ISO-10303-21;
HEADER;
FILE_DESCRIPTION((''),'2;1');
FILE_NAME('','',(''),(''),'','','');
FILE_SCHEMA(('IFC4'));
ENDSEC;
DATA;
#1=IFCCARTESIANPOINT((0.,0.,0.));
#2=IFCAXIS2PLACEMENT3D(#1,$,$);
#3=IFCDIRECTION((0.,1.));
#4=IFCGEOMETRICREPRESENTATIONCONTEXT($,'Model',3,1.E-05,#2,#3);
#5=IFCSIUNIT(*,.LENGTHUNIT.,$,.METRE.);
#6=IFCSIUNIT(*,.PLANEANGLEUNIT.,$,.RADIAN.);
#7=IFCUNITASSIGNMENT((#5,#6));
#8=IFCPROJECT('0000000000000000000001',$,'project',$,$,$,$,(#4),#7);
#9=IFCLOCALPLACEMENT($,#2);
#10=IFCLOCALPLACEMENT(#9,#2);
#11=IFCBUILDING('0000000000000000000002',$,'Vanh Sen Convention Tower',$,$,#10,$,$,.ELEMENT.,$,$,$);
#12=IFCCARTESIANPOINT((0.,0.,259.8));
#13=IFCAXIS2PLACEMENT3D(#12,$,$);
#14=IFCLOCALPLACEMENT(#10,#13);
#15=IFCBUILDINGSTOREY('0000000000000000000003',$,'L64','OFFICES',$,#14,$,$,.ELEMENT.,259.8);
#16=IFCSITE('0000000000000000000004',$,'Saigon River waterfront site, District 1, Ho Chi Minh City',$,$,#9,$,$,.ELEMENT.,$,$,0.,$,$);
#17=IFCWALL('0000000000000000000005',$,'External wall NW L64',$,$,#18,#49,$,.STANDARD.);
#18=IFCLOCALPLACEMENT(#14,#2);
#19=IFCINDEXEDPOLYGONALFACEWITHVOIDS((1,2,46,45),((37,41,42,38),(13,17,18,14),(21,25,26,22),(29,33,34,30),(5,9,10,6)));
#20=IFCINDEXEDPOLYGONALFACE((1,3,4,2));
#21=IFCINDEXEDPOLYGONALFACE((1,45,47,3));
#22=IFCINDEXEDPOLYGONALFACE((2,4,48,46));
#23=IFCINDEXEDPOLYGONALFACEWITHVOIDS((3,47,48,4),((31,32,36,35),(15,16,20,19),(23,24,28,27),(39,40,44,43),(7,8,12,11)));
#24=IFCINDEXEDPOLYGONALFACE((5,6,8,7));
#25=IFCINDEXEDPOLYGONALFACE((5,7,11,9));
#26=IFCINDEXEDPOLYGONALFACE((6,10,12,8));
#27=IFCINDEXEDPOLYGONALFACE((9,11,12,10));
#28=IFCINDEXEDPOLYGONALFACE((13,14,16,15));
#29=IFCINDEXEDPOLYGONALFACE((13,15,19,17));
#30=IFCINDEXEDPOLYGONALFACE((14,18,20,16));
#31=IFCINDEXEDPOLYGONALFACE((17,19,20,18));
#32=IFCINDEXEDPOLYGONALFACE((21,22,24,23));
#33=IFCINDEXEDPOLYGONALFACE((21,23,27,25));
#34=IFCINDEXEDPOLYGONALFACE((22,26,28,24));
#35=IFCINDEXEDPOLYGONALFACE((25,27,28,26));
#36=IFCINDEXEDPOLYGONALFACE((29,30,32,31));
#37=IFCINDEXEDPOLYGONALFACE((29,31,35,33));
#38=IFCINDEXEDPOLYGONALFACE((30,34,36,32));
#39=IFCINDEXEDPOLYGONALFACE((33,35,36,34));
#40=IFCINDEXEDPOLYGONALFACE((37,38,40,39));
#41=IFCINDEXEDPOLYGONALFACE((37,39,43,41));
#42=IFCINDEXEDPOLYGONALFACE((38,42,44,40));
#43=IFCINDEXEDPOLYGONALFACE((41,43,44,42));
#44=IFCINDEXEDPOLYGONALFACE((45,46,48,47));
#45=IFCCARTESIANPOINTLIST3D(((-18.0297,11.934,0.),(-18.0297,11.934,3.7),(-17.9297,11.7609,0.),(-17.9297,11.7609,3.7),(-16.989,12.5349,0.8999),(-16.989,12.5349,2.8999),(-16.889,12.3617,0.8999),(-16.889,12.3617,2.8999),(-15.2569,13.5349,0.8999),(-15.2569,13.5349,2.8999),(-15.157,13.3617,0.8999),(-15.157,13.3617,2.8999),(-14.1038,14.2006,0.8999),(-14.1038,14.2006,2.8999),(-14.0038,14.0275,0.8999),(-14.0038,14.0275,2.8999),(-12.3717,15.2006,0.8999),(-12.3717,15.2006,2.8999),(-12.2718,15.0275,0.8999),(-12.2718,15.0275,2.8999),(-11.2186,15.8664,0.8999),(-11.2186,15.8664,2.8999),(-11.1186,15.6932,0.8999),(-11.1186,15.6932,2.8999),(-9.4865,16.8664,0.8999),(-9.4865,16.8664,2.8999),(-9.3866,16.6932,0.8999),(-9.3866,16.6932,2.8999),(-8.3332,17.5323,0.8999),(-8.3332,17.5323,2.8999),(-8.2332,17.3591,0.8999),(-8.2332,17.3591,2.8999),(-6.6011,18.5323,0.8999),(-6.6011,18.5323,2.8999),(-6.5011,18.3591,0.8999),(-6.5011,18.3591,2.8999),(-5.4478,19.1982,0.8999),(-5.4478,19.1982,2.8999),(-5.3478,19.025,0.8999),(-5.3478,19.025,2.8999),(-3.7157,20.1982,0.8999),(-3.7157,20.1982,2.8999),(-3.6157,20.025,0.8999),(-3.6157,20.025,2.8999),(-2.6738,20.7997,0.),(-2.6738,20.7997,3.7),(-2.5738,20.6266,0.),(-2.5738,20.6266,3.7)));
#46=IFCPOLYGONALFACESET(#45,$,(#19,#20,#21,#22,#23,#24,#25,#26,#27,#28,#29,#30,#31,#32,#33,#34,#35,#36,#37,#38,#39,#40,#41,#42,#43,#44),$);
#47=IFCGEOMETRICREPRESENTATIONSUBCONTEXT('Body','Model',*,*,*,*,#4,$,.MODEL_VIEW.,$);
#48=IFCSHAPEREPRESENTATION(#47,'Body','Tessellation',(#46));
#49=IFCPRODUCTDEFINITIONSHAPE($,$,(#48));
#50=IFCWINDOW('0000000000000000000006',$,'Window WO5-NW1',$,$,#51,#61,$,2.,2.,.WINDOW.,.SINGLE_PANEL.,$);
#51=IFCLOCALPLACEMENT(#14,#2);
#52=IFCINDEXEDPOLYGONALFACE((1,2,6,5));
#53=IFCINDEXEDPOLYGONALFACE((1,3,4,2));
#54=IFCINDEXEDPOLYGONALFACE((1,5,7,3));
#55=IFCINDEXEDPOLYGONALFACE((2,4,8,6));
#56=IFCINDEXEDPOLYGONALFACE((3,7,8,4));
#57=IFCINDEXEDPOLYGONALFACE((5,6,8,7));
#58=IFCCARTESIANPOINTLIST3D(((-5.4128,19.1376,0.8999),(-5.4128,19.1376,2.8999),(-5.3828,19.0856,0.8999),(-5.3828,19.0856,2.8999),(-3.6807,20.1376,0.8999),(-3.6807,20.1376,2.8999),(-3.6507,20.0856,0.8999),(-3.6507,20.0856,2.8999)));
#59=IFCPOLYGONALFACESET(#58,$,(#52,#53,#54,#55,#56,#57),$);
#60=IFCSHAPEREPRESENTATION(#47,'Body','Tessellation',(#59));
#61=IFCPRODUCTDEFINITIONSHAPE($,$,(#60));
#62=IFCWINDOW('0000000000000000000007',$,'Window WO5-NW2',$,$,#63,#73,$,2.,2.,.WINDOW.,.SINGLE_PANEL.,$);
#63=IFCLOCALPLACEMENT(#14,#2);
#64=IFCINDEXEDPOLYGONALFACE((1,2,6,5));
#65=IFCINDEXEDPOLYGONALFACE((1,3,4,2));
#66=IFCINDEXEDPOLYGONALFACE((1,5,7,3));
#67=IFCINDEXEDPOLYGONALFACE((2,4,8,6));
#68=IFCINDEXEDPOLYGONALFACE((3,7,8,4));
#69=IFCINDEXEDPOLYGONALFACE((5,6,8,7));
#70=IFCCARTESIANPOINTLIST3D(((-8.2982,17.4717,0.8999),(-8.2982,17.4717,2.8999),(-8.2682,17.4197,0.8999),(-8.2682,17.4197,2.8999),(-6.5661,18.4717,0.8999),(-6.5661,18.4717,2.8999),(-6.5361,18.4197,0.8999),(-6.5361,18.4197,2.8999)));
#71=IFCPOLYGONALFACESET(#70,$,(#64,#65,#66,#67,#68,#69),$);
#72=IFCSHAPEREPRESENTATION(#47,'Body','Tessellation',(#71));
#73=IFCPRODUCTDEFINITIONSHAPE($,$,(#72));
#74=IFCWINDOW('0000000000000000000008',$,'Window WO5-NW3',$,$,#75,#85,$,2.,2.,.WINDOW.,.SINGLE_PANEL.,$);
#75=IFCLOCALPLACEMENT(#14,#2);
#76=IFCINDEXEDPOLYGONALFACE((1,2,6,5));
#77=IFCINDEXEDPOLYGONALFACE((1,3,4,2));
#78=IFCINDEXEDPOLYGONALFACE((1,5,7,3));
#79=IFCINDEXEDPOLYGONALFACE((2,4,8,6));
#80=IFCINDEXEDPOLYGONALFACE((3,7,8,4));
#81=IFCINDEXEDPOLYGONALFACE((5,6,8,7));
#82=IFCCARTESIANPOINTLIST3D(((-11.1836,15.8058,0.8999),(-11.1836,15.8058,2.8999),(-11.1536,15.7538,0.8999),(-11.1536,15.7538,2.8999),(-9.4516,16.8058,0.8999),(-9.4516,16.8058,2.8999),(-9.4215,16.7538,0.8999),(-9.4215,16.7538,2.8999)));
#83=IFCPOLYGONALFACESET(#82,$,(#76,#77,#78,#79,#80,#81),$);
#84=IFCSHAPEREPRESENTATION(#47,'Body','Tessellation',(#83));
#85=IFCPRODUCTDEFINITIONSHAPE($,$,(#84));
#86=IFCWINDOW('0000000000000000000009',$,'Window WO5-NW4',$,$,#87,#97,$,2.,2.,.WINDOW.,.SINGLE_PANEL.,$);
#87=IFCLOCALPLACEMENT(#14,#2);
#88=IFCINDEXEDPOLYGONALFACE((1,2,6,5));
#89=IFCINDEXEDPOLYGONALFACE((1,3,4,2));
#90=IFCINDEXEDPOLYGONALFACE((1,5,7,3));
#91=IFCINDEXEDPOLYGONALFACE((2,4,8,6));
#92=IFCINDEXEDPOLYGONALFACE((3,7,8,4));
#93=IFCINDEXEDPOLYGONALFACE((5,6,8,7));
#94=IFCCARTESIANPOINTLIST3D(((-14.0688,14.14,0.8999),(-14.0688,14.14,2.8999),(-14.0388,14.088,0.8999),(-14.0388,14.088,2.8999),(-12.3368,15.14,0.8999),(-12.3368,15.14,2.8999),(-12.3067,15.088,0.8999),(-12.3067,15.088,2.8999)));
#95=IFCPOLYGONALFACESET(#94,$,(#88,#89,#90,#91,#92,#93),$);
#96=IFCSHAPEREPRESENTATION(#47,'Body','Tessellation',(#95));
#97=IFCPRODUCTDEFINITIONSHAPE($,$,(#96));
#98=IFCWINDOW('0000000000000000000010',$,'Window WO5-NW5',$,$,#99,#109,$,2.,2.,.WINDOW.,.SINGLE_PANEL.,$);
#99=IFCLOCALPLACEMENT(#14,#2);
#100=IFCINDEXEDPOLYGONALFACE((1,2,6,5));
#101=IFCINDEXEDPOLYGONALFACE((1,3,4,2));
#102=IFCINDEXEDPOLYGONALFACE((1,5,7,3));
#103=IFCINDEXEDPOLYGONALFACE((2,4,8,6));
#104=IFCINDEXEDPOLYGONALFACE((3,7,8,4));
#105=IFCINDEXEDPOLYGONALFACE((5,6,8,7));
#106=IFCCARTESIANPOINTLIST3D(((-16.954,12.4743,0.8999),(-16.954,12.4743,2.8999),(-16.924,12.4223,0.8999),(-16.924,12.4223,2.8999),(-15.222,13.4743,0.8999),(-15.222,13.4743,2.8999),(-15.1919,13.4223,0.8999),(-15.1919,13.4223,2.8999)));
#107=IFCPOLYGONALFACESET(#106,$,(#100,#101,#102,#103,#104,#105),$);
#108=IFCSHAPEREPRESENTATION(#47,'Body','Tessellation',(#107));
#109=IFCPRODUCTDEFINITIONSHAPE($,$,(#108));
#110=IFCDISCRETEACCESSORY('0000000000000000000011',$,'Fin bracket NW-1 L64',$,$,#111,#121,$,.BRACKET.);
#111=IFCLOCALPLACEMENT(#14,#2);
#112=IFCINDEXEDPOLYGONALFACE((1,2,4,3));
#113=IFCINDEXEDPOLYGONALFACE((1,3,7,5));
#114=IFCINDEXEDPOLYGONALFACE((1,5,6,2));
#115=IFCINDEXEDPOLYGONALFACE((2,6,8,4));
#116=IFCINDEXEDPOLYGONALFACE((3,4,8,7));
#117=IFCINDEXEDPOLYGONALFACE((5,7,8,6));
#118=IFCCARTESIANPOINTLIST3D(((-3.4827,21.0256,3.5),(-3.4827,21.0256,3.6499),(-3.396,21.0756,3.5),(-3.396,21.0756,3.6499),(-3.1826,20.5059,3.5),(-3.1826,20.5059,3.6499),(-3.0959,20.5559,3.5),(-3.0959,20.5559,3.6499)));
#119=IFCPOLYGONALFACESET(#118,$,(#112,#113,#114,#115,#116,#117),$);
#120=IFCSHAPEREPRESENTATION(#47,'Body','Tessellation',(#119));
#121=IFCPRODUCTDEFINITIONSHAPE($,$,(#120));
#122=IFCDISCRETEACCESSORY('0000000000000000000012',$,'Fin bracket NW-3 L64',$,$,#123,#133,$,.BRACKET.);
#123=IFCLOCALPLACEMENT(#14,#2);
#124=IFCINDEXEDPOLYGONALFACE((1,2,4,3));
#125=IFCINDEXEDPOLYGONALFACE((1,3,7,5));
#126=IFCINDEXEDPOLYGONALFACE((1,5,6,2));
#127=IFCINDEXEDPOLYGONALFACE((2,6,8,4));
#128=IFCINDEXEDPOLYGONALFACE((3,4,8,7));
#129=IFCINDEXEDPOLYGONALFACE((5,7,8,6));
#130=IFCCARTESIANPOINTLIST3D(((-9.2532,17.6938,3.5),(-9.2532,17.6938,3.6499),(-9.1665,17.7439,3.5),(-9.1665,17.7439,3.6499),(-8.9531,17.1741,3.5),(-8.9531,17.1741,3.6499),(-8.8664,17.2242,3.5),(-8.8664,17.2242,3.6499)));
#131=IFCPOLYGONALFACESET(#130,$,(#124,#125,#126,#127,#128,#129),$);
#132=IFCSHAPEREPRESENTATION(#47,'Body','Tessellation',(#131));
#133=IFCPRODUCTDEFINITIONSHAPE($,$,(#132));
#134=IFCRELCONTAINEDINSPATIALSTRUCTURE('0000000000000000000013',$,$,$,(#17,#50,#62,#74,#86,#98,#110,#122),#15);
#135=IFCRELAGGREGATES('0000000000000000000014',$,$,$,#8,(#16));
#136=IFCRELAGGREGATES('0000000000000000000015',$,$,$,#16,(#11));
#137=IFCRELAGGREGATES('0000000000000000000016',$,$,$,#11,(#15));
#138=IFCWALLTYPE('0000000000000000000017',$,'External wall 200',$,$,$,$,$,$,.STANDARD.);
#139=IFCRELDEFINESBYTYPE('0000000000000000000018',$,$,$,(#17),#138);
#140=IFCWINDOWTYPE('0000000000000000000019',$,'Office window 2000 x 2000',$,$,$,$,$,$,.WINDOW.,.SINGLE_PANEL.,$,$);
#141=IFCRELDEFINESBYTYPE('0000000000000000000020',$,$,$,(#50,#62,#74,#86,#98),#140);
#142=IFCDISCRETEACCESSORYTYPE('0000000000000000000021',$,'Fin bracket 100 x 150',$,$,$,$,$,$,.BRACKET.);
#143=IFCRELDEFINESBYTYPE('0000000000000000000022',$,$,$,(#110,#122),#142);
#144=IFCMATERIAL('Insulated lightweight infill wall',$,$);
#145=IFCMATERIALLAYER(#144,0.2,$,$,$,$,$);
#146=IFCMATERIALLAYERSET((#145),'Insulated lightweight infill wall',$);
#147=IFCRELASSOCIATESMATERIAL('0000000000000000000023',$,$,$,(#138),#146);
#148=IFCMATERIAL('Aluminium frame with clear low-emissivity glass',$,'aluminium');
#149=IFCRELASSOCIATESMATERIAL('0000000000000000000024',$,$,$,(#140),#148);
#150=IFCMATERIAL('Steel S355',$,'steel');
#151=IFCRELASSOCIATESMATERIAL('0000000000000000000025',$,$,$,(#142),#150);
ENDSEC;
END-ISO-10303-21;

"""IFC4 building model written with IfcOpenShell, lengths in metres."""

from ifc_helpers import new_model, si_unit, direction, frame, frame_2d, origin, origin_2d, place, context, subcontext, project, spatial, rectangle, extrude, material, layer, layer_set, type_object, element, fill, save


model = new_model("IFC4")

# Units and contexts
model_context = context("Model", 3, precision=1e-05, world=origin(), true_north=direction((0.0, 1.0)))
body_context = subcontext(model_context, "Body", "Model", "MODEL_VIEW")
ifc_project = project(units=[si_unit("LENGTHUNIT", "METRE"), si_unit("PLANEANGLEUNIT", "RADIAN")], contexts=[model_context])

# Site, building, storey
site_placement = place(None, origin())
site = spatial("IfcSite", under=ifc_project, at=site_placement, Name="Saigon River waterfront site, District 1, Ho Chi Minh City", CompositionType="ELEMENT", RefElevation=0.0)
building_placement = place(site_placement, origin())
building = spatial("IfcBuilding", under=site, at=building_placement, Name="Vanh Sen Convention Tower", CompositionType="ELEMENT")
storey_placement = place(building_placement, frame((0.0, 0.0, 259.8)))
storey = spatial("IfcBuildingStorey", under=building, at=storey_placement, Name="L64", Description="OFFICES", CompositionType="ELEMENT", Elevation=259.8)

# Wall, openings, windows
ifc_material_1 = material(Name="Insulated lightweight infill wall")
ifc_layer_1 = layer(ifc_material_1, 0.2)
ifc_layer_set_1 = layer_set([ifc_layer_1], Name="Insulated lightweight infill wall")
wall_type_1 = type_object("IfcWallType", Name="External wall 200", PredefinedType="STANDARD", material=ifc_layer_set_1)
wall_1_placement = place(storey_placement, frame((-2.6238, 20.7131, 0.0), z_axis=(0.0, 0.0, 1.0), x_axis=(-0.866026, -0.499998, 0.0)))
wall_1 = element("IfcWall", 1, at=wall_1_placement, inside=storey, type_object=wall_type_1, Name="External wall NW L64", PredefinedType="STANDARD", context=body_context, shape_type="SweptSolid", body=[
    extrude(rectangle(XDim=17.7314, YDim=0.2, at=frame_2d((8.8657, 0.0))), origin(), (0.0, 0.0, 1.0), 3.7),
])
opening_1_placement = place(wall_1_placement, frame((1.2031, 0.0, 0.8999)))
opening_1 = element("IfcOpeningElement", 2, at=opening_1_placement, cuts=wall_1, PredefinedType="OPENING", context=body_context, shape_type="SweptSolid", body=[
    extrude(rectangle(XDim=2.0, YDim=2.0, at=frame_2d((1.0, 1.0))), frame((0.0, 0.1099, 0.0), z_axis=(0.0, -1.0, 0.0), x_axis=(1.0, 0.0, 0.0)), (0.0, 0.0, 1.0), 0.22),
])
opening_2_placement = place(wall_1_placement, frame((4.5349, 0.0, 0.8999)))
opening_2 = element("IfcOpeningElement", 3, at=opening_2_placement, cuts=wall_1, PredefinedType="OPENING", context=body_context, shape_type="SweptSolid", body=[
    extrude(rectangle(XDim=2.0, YDim=2.0, at=frame_2d((1.0, 1.0))), frame((0.0, 0.1099, 0.0), z_axis=(0.0, -1.0, 0.0), x_axis=(1.0, 0.0, 0.0)), (0.0, 0.0, 1.0), 0.22),
])
opening_3_placement = place(wall_1_placement, frame((7.8667, 0.0, 0.8999)))
opening_3 = element("IfcOpeningElement", 4, at=opening_3_placement, cuts=wall_1, PredefinedType="OPENING", context=body_context, shape_type="SweptSolid", body=[
    extrude(rectangle(XDim=2.0, YDim=2.0, at=frame_2d((1.0, 1.0))), frame((0.0, 0.1099, 0.0), z_axis=(0.0, -1.0, 0.0), x_axis=(1.0, 0.0, 0.0)), (0.0, 0.0, 1.0), 0.22),
])
opening_4_placement = place(wall_1_placement, frame((11.1982, 0.0, 0.8999)))
opening_4 = element("IfcOpeningElement", 5, at=opening_4_placement, cuts=wall_1, PredefinedType="OPENING", context=body_context, shape_type="SweptSolid", body=[
    extrude(rectangle(XDim=2.0, YDim=2.0, at=frame_2d((1.0, 1.0))), frame((0.0, 0.1099, 0.0), z_axis=(0.0, -1.0, 0.0), x_axis=(1.0, 0.0, 0.0)), (0.0, 0.0, 1.0), 0.22),
])
opening_5_placement = place(wall_1_placement, frame((14.5298, 0.0, 0.8999)))
opening_5 = element("IfcOpeningElement", 6, at=opening_5_placement, cuts=wall_1, PredefinedType="OPENING", context=body_context, shape_type="SweptSolid", body=[
    extrude(rectangle(XDim=2.0, YDim=2.0, at=frame_2d((1.0, 1.0))), frame((0.0, 0.1099, 0.0), z_axis=(0.0, -1.0, 0.0), x_axis=(1.0, 0.0, 0.0)), (0.0, 0.0, 1.0), 0.22),
])
ifc_material_2 = material(Name="Aluminium frame with clear low-emissivity glass", Category="aluminium")
window_type = type_object("IfcWindowType", Name="Office window 2000 x 2000", PartitioningType="SINGLE_PANEL", PredefinedType="WINDOW", material=ifc_material_2)
window_1_placement = place(opening_1_placement, origin())
window_1 = element("IfcWindow", 7, at=window_1_placement, inside=storey, type_object=window_type, Name="Window WO5-NW1", OverallHeight=2.0, OverallWidth=2.0, PartitioningType="SINGLE_PANEL", PredefinedType="WINDOW", context=body_context, shape_type="SweptSolid", body=[
    extrude(rectangle(XDim=2.0, YDim=2.0, at=frame_2d((1.0, 1.0))), frame((0.0, 0.03, 0.0), z_axis=(0.0, -1.0, 0.0), x_axis=(1.0, 0.0, 0.0)), (0.0, 0.0, 1.0), 0.0601),
])
fill(opening_1, window_1)
window_2_placement = place(opening_2_placement, origin())
window_2 = element("IfcWindow", 8, at=window_2_placement, inside=storey, type_object=window_type, Name="Window WO5-NW2", OverallHeight=2.0, OverallWidth=2.0, PartitioningType="SINGLE_PANEL", PredefinedType="WINDOW", context=body_context, shape_type="SweptSolid", body=[
    extrude(rectangle(XDim=2.0, YDim=2.0, at=frame_2d((1.0, 1.0))), frame((0.0, 0.03, 0.0), z_axis=(0.0, -1.0, 0.0), x_axis=(1.0, 0.0, 0.0)), (0.0, 0.0, 1.0), 0.0601),
])
fill(opening_2, window_2)
window_3_placement = place(opening_3_placement, origin())
window_3 = element("IfcWindow", 9, at=window_3_placement, inside=storey, type_object=window_type, Name="Window WO5-NW3", OverallHeight=2.0, OverallWidth=2.0, PartitioningType="SINGLE_PANEL", PredefinedType="WINDOW", context=body_context, shape_type="SweptSolid", body=[
    extrude(rectangle(XDim=2.0, YDim=2.0, at=frame_2d((1.0, 1.0))), frame((0.0, 0.03, 0.0), z_axis=(0.0, -1.0, 0.0), x_axis=(1.0, 0.0, 0.0)), (0.0, 0.0, 1.0), 0.0601),
])
fill(opening_3, window_3)
window_4_placement = place(opening_4_placement, origin())
window_4 = element("IfcWindow", 10, at=window_4_placement, inside=storey, type_object=window_type, Name="Window WO5-NW4", OverallHeight=2.0, OverallWidth=2.0, PartitioningType="SINGLE_PANEL", PredefinedType="WINDOW", context=body_context, shape_type="SweptSolid", body=[
    extrude(rectangle(XDim=2.0, YDim=2.0, at=frame_2d((1.0, 1.0))), frame((0.0, 0.03, 0.0), z_axis=(0.0, -1.0, 0.0), x_axis=(1.0, 0.0, 0.0)), (0.0, 0.0, 1.0), 0.0601),
])
fill(opening_4, window_4)
window_5_placement = place(opening_5_placement, origin())
window_5 = element("IfcWindow", 11, at=window_5_placement, inside=storey, type_object=window_type, Name="Window WO5-NW5", OverallHeight=2.0, OverallWidth=2.0, PartitioningType="SINGLE_PANEL", PredefinedType="WINDOW", context=body_context, shape_type="SweptSolid", body=[
    extrude(rectangle(XDim=2.0, YDim=2.0, at=frame_2d((1.0, 1.0))), frame((0.0, 0.03, 0.0), z_axis=(0.0, -1.0, 0.0), x_axis=(1.0, 0.0, 0.0)), (0.0, 0.0, 1.0), 0.0601),
])
fill(opening_5, window_5)

# Discrete accessories
ifc_material_3 = material(Name="Steel S355", Category="steel")
discrete_accessory_type = type_object("IfcDiscreteAccessoryType", Name="Fin bracket 100 x 150", PredefinedType="BRACKET", material=ifc_material_3)
for number, where, z_axis, x_axis, name in (
    (12, (-3.2893, 20.7908, 3.5), (0.0, 0.0, 1.0), (-0.5, 0.866025, 0.0), "Fin bracket NW-1 L64"),
    (13, (-9.0598, 17.459, 3.5), (0.0, 0.0, 1.0), (-0.5, 0.866025, 0.0), "Fin bracket NW-3 L64"),
):
    element("IfcDiscreteAccessory", number, at=place(storey_placement, frame(where, z_axis=z_axis, x_axis=x_axis)), inside=storey, type_object=discrete_accessory_type, Name=name, PredefinedType="BRACKET", context=body_context, shape_type="SweptSolid", body=[
        extrude(rectangle(XDim=0.6001, YDim=0.1001, at=origin_2d()), origin(), (0.0, 0.0, 1.0), 0.1499),
    ])

save(model, "model.ifc")
